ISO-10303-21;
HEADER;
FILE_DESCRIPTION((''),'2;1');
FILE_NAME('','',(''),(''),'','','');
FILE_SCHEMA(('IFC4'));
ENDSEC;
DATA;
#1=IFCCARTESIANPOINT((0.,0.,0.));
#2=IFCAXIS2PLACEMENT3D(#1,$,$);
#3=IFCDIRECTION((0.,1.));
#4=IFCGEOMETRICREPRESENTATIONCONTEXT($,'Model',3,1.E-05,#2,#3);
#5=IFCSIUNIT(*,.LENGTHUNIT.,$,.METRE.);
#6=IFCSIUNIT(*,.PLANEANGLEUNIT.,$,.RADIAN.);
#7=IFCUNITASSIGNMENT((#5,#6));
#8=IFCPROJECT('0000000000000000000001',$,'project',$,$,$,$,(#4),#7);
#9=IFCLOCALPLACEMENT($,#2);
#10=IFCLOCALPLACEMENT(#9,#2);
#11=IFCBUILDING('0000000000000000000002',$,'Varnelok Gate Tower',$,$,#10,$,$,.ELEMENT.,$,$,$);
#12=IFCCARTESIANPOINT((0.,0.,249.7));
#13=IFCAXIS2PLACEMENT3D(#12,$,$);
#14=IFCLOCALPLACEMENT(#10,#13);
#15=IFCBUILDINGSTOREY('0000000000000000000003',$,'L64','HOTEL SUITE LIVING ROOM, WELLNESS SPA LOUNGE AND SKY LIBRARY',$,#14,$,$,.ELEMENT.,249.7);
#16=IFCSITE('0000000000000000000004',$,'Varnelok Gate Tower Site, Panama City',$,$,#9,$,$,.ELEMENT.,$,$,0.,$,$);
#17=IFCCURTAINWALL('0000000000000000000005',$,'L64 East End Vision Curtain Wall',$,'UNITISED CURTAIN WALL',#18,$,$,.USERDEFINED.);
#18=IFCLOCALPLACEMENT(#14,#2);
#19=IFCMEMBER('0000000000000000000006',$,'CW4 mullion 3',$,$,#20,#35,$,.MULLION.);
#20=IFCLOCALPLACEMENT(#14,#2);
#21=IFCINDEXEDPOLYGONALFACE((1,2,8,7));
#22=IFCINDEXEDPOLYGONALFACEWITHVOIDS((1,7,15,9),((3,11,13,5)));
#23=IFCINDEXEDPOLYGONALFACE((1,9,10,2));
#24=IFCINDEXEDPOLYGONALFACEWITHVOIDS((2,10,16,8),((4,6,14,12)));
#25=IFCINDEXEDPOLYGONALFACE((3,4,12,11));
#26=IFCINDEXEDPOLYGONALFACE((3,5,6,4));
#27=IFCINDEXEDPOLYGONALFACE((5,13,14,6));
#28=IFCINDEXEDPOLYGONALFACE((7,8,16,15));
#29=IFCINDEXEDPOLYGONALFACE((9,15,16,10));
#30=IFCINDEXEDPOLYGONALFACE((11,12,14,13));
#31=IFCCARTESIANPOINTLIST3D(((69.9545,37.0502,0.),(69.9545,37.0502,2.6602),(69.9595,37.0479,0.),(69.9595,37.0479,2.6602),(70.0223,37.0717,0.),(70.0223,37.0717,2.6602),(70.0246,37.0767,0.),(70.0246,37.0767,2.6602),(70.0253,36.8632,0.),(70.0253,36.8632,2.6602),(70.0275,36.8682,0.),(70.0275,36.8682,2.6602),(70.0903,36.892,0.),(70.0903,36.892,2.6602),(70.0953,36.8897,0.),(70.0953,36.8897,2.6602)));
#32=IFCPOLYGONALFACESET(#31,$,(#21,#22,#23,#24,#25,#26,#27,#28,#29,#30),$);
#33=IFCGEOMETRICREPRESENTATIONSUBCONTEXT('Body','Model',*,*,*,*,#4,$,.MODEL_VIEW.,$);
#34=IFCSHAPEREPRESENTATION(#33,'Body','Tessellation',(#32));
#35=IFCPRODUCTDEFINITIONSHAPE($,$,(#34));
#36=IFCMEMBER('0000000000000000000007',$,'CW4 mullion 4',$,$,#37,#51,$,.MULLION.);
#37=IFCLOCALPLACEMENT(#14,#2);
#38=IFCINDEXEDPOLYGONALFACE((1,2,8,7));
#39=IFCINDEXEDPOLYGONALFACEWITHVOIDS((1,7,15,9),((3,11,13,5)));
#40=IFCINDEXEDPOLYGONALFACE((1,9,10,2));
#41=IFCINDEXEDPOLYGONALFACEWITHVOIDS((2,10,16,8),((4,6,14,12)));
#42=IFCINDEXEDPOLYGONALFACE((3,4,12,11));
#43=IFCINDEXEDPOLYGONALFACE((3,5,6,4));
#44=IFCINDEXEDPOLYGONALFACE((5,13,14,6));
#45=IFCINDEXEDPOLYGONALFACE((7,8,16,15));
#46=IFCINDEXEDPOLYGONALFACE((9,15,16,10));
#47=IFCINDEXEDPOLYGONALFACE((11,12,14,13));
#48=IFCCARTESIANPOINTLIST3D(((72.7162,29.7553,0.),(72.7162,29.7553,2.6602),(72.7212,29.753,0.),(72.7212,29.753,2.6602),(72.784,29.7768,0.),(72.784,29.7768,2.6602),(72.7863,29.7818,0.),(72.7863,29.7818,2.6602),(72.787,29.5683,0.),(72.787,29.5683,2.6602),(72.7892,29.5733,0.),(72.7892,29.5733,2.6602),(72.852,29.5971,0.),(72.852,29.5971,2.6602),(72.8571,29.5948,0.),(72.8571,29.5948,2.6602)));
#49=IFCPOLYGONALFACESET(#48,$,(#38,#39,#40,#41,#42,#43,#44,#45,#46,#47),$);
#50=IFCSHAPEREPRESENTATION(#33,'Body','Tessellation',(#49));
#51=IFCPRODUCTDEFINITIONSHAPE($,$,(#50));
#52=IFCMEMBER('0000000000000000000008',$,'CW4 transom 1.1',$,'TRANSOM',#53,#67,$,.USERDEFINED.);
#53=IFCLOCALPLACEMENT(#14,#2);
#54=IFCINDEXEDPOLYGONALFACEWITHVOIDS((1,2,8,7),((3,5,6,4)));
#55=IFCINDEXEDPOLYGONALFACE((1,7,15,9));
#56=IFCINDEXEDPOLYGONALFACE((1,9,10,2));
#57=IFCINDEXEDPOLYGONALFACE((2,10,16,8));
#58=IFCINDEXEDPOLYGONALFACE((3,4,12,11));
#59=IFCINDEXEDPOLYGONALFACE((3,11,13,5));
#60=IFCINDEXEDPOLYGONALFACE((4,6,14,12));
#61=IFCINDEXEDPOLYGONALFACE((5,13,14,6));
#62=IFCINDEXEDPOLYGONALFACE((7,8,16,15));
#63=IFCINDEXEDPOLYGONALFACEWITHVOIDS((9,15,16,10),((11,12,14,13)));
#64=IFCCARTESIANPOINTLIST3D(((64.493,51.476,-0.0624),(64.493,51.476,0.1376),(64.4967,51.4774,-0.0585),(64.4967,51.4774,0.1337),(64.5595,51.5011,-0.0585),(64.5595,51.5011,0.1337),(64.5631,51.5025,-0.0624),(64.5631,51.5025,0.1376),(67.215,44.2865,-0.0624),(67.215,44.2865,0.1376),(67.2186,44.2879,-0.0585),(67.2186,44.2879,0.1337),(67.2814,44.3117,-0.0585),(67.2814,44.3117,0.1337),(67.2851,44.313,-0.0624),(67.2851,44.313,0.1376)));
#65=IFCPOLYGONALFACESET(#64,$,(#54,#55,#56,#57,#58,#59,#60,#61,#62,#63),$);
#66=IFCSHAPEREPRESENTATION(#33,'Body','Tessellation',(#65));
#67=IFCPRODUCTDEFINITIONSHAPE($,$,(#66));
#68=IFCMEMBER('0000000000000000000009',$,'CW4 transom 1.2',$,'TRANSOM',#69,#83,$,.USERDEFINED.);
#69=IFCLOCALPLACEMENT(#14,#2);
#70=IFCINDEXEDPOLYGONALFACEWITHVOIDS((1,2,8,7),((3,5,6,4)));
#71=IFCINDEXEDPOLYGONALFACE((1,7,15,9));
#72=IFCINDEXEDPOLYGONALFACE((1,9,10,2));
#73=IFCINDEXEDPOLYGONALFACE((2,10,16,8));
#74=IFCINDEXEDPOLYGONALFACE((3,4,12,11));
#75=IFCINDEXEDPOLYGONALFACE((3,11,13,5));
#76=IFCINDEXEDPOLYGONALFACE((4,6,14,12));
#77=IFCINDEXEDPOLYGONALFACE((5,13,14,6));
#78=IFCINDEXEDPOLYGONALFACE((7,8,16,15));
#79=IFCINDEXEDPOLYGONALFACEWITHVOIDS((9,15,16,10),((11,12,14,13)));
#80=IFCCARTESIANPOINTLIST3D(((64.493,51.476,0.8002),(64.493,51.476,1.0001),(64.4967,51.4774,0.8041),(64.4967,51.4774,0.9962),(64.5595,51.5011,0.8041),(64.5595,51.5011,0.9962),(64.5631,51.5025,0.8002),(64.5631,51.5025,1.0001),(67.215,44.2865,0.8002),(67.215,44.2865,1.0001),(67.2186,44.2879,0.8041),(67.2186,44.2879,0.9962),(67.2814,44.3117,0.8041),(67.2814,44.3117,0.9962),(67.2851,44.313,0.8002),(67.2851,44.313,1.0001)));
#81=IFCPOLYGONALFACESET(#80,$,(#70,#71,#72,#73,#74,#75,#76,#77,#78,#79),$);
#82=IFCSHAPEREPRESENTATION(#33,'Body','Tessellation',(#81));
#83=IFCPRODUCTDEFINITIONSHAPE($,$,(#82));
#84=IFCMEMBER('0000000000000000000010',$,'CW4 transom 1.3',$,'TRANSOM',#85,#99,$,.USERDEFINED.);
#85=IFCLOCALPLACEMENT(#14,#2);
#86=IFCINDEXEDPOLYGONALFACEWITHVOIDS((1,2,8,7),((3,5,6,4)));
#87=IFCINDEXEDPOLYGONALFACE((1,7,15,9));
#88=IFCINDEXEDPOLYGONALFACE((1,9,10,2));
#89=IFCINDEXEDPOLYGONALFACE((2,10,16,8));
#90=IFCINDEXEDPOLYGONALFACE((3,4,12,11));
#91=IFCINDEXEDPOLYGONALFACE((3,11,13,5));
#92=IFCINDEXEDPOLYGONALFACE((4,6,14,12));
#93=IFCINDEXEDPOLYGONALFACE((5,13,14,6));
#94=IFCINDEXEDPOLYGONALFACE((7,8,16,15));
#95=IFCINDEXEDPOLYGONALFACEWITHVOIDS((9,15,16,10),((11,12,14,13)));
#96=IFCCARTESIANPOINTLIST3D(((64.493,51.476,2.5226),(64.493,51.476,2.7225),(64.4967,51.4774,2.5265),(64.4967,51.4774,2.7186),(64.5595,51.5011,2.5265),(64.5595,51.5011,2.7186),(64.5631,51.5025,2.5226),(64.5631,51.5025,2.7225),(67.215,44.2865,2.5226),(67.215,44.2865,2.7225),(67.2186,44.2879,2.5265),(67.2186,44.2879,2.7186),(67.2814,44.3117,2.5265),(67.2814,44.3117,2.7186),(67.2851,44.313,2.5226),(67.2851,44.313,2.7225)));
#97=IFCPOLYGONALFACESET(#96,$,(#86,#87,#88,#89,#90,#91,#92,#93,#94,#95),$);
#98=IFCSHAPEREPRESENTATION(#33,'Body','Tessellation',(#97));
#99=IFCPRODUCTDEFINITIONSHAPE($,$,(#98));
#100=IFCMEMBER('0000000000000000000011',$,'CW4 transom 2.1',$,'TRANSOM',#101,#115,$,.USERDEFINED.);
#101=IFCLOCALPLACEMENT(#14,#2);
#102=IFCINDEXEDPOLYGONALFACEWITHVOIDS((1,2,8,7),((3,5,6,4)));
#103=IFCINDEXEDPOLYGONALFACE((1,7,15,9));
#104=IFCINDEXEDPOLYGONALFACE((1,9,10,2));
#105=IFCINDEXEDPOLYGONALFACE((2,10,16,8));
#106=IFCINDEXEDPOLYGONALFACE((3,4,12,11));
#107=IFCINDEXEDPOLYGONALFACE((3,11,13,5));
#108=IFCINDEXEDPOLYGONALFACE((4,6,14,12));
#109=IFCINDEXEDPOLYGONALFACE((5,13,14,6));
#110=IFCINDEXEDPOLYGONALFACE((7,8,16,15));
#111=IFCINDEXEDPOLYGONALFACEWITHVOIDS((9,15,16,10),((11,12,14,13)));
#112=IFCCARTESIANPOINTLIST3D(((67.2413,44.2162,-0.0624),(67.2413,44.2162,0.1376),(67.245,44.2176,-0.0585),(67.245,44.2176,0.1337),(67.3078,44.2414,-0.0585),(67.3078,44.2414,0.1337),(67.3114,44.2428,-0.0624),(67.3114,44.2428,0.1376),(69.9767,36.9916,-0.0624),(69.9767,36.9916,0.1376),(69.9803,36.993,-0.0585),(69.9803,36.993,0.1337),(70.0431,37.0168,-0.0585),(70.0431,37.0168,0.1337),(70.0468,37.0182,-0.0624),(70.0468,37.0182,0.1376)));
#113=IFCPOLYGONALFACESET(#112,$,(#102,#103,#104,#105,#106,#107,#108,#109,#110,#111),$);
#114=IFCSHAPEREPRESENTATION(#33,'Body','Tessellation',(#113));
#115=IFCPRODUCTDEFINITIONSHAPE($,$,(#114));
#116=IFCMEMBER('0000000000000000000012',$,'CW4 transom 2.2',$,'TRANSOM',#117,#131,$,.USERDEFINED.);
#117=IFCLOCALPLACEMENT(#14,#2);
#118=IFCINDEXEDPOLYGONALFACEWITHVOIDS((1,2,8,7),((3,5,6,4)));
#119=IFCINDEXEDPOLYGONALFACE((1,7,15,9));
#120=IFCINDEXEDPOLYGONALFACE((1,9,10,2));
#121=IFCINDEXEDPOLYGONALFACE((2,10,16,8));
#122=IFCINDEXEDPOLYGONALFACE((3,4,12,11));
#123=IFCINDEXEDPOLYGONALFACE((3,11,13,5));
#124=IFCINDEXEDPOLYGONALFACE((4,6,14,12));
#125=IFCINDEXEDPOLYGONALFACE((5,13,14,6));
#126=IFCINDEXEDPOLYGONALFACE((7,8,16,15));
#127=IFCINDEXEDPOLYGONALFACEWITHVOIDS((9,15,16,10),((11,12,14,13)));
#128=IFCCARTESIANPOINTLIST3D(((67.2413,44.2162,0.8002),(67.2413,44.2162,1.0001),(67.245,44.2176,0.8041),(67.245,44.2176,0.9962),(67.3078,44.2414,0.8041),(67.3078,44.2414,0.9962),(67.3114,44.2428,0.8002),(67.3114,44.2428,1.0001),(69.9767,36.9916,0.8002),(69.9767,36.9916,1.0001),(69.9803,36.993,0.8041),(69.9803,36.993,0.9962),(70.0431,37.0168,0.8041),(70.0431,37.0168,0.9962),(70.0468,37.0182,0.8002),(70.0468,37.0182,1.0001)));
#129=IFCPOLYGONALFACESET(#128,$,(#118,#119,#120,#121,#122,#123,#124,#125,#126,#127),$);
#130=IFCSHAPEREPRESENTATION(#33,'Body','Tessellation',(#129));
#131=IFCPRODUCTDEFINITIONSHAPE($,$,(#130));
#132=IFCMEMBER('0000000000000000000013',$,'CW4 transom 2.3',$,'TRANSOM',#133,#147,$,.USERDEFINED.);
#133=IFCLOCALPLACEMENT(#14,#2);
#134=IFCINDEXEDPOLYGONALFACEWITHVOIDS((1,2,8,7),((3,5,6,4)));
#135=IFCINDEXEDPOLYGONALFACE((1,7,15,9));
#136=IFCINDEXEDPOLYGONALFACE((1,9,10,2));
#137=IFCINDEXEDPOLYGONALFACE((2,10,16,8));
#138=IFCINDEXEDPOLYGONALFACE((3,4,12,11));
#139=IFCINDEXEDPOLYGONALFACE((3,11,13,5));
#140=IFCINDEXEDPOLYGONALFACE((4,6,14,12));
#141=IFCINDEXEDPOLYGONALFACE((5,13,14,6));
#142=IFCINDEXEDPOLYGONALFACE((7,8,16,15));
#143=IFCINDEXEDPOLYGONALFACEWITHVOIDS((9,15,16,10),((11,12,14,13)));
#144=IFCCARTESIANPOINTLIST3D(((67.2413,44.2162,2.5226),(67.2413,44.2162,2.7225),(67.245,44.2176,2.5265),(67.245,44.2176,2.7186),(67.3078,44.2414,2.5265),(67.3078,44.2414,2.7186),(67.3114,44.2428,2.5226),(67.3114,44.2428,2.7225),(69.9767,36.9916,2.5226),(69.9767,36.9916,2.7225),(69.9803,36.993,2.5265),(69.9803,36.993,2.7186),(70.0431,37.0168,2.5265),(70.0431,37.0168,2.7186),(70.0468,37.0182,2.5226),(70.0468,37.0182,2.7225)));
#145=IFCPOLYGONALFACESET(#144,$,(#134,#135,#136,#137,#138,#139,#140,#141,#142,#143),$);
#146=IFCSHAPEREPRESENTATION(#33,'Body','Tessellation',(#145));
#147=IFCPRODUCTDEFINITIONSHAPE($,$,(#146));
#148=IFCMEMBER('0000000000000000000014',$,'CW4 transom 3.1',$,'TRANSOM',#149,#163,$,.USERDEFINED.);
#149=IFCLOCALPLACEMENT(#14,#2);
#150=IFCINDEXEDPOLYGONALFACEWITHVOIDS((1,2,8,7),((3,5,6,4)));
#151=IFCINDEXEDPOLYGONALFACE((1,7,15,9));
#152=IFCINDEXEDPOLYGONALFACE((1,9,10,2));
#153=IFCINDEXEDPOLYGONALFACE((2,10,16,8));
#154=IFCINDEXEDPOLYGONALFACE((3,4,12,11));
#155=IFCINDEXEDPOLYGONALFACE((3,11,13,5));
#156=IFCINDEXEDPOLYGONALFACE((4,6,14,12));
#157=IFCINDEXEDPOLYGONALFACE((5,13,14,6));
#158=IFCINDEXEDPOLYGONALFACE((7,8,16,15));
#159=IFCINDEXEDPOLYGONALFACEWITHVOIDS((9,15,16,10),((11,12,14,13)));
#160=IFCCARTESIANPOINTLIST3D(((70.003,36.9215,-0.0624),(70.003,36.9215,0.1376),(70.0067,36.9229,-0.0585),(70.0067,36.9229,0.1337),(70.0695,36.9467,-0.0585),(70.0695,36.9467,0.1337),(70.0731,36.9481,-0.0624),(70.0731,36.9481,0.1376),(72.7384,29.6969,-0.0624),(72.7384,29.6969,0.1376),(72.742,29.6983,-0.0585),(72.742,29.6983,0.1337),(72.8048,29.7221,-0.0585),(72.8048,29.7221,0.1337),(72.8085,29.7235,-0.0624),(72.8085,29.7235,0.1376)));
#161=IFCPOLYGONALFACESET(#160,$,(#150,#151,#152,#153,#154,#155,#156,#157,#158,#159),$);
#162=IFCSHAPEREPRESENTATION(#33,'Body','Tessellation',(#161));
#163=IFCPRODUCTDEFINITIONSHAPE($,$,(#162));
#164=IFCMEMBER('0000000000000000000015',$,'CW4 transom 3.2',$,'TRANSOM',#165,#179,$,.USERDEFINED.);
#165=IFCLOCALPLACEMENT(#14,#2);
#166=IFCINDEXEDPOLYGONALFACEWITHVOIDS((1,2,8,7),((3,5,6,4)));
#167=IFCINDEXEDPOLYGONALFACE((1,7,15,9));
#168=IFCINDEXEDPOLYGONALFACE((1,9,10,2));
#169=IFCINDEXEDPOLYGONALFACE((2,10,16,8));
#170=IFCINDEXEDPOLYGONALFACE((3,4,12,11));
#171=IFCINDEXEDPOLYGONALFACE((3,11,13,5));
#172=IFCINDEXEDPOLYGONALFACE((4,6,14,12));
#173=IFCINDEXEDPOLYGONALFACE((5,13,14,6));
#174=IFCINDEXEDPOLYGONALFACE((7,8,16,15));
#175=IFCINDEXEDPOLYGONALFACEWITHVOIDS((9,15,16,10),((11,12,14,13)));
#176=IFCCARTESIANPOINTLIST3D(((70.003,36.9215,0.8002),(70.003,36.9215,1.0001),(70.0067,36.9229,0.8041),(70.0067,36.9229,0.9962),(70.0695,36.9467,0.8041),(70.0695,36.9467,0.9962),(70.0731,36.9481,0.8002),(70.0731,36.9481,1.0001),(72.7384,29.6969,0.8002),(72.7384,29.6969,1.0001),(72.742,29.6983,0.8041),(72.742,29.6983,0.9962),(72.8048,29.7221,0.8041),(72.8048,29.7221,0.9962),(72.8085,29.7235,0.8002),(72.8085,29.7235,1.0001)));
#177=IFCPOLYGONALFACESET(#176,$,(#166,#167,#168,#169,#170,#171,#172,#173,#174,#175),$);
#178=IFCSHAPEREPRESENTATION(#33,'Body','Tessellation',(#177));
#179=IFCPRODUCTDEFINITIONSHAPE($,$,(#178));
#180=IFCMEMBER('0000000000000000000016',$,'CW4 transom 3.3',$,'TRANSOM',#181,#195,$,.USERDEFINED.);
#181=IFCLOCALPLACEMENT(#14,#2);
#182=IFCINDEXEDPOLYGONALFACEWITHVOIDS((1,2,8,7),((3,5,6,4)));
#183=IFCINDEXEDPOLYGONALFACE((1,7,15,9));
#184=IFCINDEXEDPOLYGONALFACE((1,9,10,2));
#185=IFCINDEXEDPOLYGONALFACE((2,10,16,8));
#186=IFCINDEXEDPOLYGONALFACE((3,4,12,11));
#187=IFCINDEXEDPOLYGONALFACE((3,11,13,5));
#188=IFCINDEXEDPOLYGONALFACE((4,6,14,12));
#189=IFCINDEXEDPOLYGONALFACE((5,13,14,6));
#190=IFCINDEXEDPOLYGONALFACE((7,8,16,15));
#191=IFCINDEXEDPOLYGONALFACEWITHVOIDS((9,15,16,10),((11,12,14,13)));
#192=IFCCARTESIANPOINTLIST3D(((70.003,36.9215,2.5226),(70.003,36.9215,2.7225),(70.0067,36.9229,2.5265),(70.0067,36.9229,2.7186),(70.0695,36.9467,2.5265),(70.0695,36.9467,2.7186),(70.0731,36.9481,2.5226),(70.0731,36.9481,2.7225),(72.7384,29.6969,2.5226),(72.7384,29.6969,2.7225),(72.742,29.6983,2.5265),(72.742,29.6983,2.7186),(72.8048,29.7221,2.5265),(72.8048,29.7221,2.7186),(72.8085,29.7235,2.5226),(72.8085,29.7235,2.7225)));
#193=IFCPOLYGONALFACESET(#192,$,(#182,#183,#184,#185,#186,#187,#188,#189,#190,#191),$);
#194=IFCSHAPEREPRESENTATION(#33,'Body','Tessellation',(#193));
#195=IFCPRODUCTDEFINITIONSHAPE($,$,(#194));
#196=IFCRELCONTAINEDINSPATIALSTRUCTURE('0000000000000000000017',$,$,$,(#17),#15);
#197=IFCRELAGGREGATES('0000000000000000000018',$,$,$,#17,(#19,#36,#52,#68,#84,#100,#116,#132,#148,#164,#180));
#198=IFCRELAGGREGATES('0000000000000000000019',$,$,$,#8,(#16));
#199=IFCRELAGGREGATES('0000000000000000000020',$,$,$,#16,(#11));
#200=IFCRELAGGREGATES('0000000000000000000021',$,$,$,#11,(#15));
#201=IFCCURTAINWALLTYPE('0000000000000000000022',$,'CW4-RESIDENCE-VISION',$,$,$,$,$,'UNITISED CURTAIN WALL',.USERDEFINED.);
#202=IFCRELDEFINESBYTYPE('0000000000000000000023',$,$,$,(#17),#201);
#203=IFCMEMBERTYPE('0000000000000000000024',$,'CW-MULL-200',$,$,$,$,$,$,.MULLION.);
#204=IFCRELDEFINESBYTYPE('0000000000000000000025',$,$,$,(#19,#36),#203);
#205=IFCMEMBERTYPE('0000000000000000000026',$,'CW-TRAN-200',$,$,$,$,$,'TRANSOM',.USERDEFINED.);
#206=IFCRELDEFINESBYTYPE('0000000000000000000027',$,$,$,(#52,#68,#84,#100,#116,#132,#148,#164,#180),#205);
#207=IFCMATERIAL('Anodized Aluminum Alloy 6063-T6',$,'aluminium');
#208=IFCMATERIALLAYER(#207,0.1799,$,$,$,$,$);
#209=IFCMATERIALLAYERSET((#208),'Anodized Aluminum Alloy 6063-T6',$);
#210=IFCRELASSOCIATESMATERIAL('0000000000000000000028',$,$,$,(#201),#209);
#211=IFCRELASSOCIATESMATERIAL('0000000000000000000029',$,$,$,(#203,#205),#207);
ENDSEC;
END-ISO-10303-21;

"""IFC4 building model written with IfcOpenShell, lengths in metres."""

from ifc_helpers import new_model, si_unit, direction, frame, origin, origin_2d, place, context, subcontext, project, spatial, hollow_rectangle, extrude, material, layer, layer_set, material_profile, profile_set, type_object, element, aggregate, save


model = new_model("IFC4")

# Units and contexts
model_context = context("Model", 3, precision=1e-05, world=origin(), true_north=direction((0.0, 1.0)))
body_context = subcontext(model_context, "Body", "Model", "MODEL_VIEW")
ifc_project = project(units=[si_unit("LENGTHUNIT", "METRE"), si_unit("PLANEANGLEUNIT", "RADIAN")], contexts=[model_context])

# Site, building, storey
site_placement = place(None, origin())
site = spatial("IfcSite", under=ifc_project, at=site_placement, Name="Varnelok Gate Tower Site, Panama City", CompositionType="ELEMENT", RefElevation=0.0)
building_placement = place(site_placement, origin())
building = spatial("IfcBuilding", under=site, at=building_placement, Name="Varnelok Gate Tower", CompositionType="ELEMENT")
storey_placement = place(building_placement, frame((0.0, 0.0, 249.7)))
storey = spatial("IfcBuildingStorey", under=building, at=storey_placement, Name="L64", Description="HOTEL SUITE LIVING ROOM, WELLNESS SPA LOUNGE AND SKY LIBRARY", CompositionType="ELEMENT", Elevation=249.7)

# Curtain wall, members
ifc_material_1 = material(Name="Anodized Aluminum Alloy 6063-T6", Category="aluminium")
ifc_layer_1 = layer(ifc_material_1, 0.1799)
ifc_layer_set_1 = layer_set([ifc_layer_1], Name="Anodized Aluminum Alloy 6063-T6")
curtain_wall_type = type_object("IfcCurtainWallType", Name="CW4-RESIDENCE-VISION", ElementType="UNITISED CURTAIN WALL", PredefinedType="USERDEFINED", material=ifc_layer_set_1)
curtain_wall_placement = place(storey_placement, origin())
curtain_wall = element("IfcCurtainWall", 1, at=curtain_wall_placement, inside=storey, type_object=curtain_wall_type, Name="L64 East End Vision Curtain Wall", ObjectType="UNITISED CURTAIN WALL", PredefinedType="USERDEFINED")
ifc_material_profile_1 = material_profile(ifc_material_1, hollow_rectangle(XDim=0.075, YDim=0.2, WallThickness=0.0039, at=origin_2d()), Name="ALU200X75X4")
ifc_profile_set_1 = profile_set([ifc_material_profile_1], Name="Anodized Aluminum Alloy 6063-T6")
member_type_1 = type_object("IfcMemberType", Name="CW-MULL-200", PredefinedType="MULLION", material=ifc_profile_set_1)
member_1_placement = place(storey_placement, frame((70.0249, 36.97, 0.0), z_axis=(0.0, 0.0, 1.0), x_axis=(0.935222, 0.354063, 0.0)))
member_1 = element("IfcMember", 2, at=member_1_placement, type_object=member_type_1, Name="CW4 mullion 3", PredefinedType="MULLION", context=body_context, shape_type="SweptSolid", body=[
    extrude(hollow_rectangle(XDim=0.075, YDim=0.2, WallThickness=0.0039, at=origin_2d()), origin(), (0.0, 0.0, 1.0), 2.6602),
])
member_2_placement = place(storey_placement, frame((72.7866, 29.675, 0.0), z_axis=(0.0, 0.0, 1.0), x_axis=(0.935222, 0.354063, 0.0)))
member_2 = element("IfcMember", 3, at=member_2_placement, type_object=member_type_1, Name="CW4 mullion 4", PredefinedType="MULLION", context=body_context, shape_type="SweptSolid", body=[
    extrude(hollow_rectangle(XDim=0.075, YDim=0.2, WallThickness=0.0039, at=origin_2d()), origin(), (0.0, 0.0, 1.0), 2.6602),
])
ifc_material_profile_2 = material_profile(ifc_material_1, hollow_rectangle(XDim=0.075, YDim=0.2, WallThickness=0.0039, at=origin_2d()), Name="ALU200X75X4")
ifc_profile_set_2 = profile_set([ifc_material_profile_2], Name="Anodized Aluminum Alloy 6063-T6")
member_type_2 = type_object("IfcMemberType", Name="CW-TRAN-200", ElementType="TRANSOM", PredefinedType="USERDEFINED", material=ifc_profile_set_2)
member_3_placement = place(storey_placement, frame((64.5281, 51.4893, 0.0376), z_axis=(0.354073, -0.935218, 0.0), x_axis=(0.935218, 0.354073, 0.0)))
member_3 = element("IfcMember", 4, at=member_3_placement, type_object=member_type_2, Name="CW4 transom 1.1", ObjectType="TRANSOM", PredefinedType="USERDEFINED", context=body_context, shape_type="SweptSolid", body=[
    extrude(hollow_rectangle(XDim=0.075, YDim=0.2, WallThickness=0.0039, at=origin_2d()), origin(), (0.0, 0.0, 1.0), 7.6875),
])
member_4_placement = place(storey_placement, frame((64.5281, 51.4893, 0.9001), z_axis=(0.354073, -0.935218, 0.0), x_axis=(0.935218, 0.354073, 0.0)))
member_4 = element("IfcMember", 5, at=member_4_placement, type_object=member_type_2, Name="CW4 transom 1.2", ObjectType="TRANSOM", PredefinedType="USERDEFINED", context=body_context, shape_type="SweptSolid", body=[
    extrude(hollow_rectangle(XDim=0.075, YDim=0.2, WallThickness=0.0039, at=origin_2d()), origin(), (0.0, 0.0, 1.0), 7.6875),
])
member_5_placement = place(storey_placement, frame((64.5281, 51.4893, 2.6226), z_axis=(0.354073, -0.935218, 0.0), x_axis=(0.935218, 0.354073, 0.0)))
member_5 = element("IfcMember", 6, at=member_5_placement, type_object=member_type_2, Name="CW4 transom 1.3", ObjectType="TRANSOM", PredefinedType="USERDEFINED", context=body_context, shape_type="SweptSolid", body=[
    extrude(hollow_rectangle(XDim=0.075, YDim=0.2, WallThickness=0.0039, at=origin_2d()), origin(), (0.0, 0.0, 1.0), 7.6875),
])
member_6_placement = place(storey_placement, frame((67.2764, 44.2295, 0.0376), z_axis=(0.354086, -0.935213, 0.0), x_axis=(0.935213, 0.354086, 0.0)))
member_6 = element("IfcMember", 7, at=member_6_placement, type_object=member_type_2, Name="CW4 transom 2.1", ObjectType="TRANSOM", PredefinedType="USERDEFINED", context=body_context, shape_type="SweptSolid", body=[
    extrude(hollow_rectangle(XDim=0.075, YDim=0.2, WallThickness=0.0039, at=origin_2d()), origin(), (0.0, 0.0, 1.0), 7.7251),
])
member_7_placement = place(storey_placement, frame((67.2764, 44.2295, 0.9001), z_axis=(0.354086, -0.935213, 0.0), x_axis=(0.935213, 0.354086, 0.0)))
member_7 = element("IfcMember", 8, at=member_7_placement, type_object=member_type_2, Name="CW4 transom 2.2", ObjectType="TRANSOM", PredefinedType="USERDEFINED", context=body_context, shape_type="SweptSolid", body=[
    extrude(hollow_rectangle(XDim=0.075, YDim=0.2, WallThickness=0.0039, at=origin_2d()), origin(), (0.0, 0.0, 1.0), 7.7251),
])
member_8_placement = place(storey_placement, frame((67.2764, 44.2295, 2.6226), z_axis=(0.354086, -0.935213, 0.0), x_axis=(0.935213, 0.354086, 0.0)))
member_8 = element("IfcMember", 9, at=member_8_placement, type_object=member_type_2, Name="CW4 transom 2.3", ObjectType="TRANSOM", PredefinedType="USERDEFINED", context=body_context, shape_type="SweptSolid", body=[
    extrude(hollow_rectangle(XDim=0.075, YDim=0.2, WallThickness=0.0039, at=origin_2d()), origin(), (0.0, 0.0, 1.0), 7.7251),
])
member_9_placement = place(storey_placement, frame((70.0381, 36.9348, 0.0376), z_axis=(0.354086, -0.935213, 0.0), x_axis=(0.935213, 0.354086, 0.0)))
member_9 = element("IfcMember", 10, at=member_9_placement, type_object=member_type_2, Name="CW4 transom 3.1", ObjectType="TRANSOM", PredefinedType="USERDEFINED", context=body_context, shape_type="SweptSolid", body=[
    extrude(hollow_rectangle(XDim=0.075, YDim=0.2, WallThickness=0.0039, at=origin_2d()), origin(), (0.0, 0.0, 1.0), 7.7251),
])
member_10_placement = place(storey_placement, frame((70.0381, 36.9348, 0.9001), z_axis=(0.354086, -0.935213, 0.0), x_axis=(0.935213, 0.354086, 0.0)))
member_10 = element("IfcMember", 11, at=member_10_placement, type_object=member_type_2, Name="CW4 transom 3.2", ObjectType="TRANSOM", PredefinedType="USERDEFINED", context=body_context, shape_type="SweptSolid", body=[
    extrude(hollow_rectangle(XDim=0.075, YDim=0.2, WallThickness=0.0039, at=origin_2d()), origin(), (0.0, 0.0, 1.0), 7.7251),
])
member_11_placement = place(storey_placement, frame((70.0381, 36.9348, 2.6226), z_axis=(0.354086, -0.935213, 0.0), x_axis=(0.935213, 0.354086, 0.0)))
member_11 = element("IfcMember", 12, at=member_11_placement, type_object=member_type_2, Name="CW4 transom 3.3", ObjectType="TRANSOM", PredefinedType="USERDEFINED", context=body_context, shape_type="SweptSolid", body=[
    extrude(hollow_rectangle(XDim=0.075, YDim=0.2, WallThickness=0.0039, at=origin_2d()), origin(), (0.0, 0.0, 1.0), 7.7251),
])
aggregate(curtain_wall, [member_1, member_2, member_3, member_4, member_5, member_6, member_7, member_8, member_9, member_10, member_11])

save(model, "model.ifc")
